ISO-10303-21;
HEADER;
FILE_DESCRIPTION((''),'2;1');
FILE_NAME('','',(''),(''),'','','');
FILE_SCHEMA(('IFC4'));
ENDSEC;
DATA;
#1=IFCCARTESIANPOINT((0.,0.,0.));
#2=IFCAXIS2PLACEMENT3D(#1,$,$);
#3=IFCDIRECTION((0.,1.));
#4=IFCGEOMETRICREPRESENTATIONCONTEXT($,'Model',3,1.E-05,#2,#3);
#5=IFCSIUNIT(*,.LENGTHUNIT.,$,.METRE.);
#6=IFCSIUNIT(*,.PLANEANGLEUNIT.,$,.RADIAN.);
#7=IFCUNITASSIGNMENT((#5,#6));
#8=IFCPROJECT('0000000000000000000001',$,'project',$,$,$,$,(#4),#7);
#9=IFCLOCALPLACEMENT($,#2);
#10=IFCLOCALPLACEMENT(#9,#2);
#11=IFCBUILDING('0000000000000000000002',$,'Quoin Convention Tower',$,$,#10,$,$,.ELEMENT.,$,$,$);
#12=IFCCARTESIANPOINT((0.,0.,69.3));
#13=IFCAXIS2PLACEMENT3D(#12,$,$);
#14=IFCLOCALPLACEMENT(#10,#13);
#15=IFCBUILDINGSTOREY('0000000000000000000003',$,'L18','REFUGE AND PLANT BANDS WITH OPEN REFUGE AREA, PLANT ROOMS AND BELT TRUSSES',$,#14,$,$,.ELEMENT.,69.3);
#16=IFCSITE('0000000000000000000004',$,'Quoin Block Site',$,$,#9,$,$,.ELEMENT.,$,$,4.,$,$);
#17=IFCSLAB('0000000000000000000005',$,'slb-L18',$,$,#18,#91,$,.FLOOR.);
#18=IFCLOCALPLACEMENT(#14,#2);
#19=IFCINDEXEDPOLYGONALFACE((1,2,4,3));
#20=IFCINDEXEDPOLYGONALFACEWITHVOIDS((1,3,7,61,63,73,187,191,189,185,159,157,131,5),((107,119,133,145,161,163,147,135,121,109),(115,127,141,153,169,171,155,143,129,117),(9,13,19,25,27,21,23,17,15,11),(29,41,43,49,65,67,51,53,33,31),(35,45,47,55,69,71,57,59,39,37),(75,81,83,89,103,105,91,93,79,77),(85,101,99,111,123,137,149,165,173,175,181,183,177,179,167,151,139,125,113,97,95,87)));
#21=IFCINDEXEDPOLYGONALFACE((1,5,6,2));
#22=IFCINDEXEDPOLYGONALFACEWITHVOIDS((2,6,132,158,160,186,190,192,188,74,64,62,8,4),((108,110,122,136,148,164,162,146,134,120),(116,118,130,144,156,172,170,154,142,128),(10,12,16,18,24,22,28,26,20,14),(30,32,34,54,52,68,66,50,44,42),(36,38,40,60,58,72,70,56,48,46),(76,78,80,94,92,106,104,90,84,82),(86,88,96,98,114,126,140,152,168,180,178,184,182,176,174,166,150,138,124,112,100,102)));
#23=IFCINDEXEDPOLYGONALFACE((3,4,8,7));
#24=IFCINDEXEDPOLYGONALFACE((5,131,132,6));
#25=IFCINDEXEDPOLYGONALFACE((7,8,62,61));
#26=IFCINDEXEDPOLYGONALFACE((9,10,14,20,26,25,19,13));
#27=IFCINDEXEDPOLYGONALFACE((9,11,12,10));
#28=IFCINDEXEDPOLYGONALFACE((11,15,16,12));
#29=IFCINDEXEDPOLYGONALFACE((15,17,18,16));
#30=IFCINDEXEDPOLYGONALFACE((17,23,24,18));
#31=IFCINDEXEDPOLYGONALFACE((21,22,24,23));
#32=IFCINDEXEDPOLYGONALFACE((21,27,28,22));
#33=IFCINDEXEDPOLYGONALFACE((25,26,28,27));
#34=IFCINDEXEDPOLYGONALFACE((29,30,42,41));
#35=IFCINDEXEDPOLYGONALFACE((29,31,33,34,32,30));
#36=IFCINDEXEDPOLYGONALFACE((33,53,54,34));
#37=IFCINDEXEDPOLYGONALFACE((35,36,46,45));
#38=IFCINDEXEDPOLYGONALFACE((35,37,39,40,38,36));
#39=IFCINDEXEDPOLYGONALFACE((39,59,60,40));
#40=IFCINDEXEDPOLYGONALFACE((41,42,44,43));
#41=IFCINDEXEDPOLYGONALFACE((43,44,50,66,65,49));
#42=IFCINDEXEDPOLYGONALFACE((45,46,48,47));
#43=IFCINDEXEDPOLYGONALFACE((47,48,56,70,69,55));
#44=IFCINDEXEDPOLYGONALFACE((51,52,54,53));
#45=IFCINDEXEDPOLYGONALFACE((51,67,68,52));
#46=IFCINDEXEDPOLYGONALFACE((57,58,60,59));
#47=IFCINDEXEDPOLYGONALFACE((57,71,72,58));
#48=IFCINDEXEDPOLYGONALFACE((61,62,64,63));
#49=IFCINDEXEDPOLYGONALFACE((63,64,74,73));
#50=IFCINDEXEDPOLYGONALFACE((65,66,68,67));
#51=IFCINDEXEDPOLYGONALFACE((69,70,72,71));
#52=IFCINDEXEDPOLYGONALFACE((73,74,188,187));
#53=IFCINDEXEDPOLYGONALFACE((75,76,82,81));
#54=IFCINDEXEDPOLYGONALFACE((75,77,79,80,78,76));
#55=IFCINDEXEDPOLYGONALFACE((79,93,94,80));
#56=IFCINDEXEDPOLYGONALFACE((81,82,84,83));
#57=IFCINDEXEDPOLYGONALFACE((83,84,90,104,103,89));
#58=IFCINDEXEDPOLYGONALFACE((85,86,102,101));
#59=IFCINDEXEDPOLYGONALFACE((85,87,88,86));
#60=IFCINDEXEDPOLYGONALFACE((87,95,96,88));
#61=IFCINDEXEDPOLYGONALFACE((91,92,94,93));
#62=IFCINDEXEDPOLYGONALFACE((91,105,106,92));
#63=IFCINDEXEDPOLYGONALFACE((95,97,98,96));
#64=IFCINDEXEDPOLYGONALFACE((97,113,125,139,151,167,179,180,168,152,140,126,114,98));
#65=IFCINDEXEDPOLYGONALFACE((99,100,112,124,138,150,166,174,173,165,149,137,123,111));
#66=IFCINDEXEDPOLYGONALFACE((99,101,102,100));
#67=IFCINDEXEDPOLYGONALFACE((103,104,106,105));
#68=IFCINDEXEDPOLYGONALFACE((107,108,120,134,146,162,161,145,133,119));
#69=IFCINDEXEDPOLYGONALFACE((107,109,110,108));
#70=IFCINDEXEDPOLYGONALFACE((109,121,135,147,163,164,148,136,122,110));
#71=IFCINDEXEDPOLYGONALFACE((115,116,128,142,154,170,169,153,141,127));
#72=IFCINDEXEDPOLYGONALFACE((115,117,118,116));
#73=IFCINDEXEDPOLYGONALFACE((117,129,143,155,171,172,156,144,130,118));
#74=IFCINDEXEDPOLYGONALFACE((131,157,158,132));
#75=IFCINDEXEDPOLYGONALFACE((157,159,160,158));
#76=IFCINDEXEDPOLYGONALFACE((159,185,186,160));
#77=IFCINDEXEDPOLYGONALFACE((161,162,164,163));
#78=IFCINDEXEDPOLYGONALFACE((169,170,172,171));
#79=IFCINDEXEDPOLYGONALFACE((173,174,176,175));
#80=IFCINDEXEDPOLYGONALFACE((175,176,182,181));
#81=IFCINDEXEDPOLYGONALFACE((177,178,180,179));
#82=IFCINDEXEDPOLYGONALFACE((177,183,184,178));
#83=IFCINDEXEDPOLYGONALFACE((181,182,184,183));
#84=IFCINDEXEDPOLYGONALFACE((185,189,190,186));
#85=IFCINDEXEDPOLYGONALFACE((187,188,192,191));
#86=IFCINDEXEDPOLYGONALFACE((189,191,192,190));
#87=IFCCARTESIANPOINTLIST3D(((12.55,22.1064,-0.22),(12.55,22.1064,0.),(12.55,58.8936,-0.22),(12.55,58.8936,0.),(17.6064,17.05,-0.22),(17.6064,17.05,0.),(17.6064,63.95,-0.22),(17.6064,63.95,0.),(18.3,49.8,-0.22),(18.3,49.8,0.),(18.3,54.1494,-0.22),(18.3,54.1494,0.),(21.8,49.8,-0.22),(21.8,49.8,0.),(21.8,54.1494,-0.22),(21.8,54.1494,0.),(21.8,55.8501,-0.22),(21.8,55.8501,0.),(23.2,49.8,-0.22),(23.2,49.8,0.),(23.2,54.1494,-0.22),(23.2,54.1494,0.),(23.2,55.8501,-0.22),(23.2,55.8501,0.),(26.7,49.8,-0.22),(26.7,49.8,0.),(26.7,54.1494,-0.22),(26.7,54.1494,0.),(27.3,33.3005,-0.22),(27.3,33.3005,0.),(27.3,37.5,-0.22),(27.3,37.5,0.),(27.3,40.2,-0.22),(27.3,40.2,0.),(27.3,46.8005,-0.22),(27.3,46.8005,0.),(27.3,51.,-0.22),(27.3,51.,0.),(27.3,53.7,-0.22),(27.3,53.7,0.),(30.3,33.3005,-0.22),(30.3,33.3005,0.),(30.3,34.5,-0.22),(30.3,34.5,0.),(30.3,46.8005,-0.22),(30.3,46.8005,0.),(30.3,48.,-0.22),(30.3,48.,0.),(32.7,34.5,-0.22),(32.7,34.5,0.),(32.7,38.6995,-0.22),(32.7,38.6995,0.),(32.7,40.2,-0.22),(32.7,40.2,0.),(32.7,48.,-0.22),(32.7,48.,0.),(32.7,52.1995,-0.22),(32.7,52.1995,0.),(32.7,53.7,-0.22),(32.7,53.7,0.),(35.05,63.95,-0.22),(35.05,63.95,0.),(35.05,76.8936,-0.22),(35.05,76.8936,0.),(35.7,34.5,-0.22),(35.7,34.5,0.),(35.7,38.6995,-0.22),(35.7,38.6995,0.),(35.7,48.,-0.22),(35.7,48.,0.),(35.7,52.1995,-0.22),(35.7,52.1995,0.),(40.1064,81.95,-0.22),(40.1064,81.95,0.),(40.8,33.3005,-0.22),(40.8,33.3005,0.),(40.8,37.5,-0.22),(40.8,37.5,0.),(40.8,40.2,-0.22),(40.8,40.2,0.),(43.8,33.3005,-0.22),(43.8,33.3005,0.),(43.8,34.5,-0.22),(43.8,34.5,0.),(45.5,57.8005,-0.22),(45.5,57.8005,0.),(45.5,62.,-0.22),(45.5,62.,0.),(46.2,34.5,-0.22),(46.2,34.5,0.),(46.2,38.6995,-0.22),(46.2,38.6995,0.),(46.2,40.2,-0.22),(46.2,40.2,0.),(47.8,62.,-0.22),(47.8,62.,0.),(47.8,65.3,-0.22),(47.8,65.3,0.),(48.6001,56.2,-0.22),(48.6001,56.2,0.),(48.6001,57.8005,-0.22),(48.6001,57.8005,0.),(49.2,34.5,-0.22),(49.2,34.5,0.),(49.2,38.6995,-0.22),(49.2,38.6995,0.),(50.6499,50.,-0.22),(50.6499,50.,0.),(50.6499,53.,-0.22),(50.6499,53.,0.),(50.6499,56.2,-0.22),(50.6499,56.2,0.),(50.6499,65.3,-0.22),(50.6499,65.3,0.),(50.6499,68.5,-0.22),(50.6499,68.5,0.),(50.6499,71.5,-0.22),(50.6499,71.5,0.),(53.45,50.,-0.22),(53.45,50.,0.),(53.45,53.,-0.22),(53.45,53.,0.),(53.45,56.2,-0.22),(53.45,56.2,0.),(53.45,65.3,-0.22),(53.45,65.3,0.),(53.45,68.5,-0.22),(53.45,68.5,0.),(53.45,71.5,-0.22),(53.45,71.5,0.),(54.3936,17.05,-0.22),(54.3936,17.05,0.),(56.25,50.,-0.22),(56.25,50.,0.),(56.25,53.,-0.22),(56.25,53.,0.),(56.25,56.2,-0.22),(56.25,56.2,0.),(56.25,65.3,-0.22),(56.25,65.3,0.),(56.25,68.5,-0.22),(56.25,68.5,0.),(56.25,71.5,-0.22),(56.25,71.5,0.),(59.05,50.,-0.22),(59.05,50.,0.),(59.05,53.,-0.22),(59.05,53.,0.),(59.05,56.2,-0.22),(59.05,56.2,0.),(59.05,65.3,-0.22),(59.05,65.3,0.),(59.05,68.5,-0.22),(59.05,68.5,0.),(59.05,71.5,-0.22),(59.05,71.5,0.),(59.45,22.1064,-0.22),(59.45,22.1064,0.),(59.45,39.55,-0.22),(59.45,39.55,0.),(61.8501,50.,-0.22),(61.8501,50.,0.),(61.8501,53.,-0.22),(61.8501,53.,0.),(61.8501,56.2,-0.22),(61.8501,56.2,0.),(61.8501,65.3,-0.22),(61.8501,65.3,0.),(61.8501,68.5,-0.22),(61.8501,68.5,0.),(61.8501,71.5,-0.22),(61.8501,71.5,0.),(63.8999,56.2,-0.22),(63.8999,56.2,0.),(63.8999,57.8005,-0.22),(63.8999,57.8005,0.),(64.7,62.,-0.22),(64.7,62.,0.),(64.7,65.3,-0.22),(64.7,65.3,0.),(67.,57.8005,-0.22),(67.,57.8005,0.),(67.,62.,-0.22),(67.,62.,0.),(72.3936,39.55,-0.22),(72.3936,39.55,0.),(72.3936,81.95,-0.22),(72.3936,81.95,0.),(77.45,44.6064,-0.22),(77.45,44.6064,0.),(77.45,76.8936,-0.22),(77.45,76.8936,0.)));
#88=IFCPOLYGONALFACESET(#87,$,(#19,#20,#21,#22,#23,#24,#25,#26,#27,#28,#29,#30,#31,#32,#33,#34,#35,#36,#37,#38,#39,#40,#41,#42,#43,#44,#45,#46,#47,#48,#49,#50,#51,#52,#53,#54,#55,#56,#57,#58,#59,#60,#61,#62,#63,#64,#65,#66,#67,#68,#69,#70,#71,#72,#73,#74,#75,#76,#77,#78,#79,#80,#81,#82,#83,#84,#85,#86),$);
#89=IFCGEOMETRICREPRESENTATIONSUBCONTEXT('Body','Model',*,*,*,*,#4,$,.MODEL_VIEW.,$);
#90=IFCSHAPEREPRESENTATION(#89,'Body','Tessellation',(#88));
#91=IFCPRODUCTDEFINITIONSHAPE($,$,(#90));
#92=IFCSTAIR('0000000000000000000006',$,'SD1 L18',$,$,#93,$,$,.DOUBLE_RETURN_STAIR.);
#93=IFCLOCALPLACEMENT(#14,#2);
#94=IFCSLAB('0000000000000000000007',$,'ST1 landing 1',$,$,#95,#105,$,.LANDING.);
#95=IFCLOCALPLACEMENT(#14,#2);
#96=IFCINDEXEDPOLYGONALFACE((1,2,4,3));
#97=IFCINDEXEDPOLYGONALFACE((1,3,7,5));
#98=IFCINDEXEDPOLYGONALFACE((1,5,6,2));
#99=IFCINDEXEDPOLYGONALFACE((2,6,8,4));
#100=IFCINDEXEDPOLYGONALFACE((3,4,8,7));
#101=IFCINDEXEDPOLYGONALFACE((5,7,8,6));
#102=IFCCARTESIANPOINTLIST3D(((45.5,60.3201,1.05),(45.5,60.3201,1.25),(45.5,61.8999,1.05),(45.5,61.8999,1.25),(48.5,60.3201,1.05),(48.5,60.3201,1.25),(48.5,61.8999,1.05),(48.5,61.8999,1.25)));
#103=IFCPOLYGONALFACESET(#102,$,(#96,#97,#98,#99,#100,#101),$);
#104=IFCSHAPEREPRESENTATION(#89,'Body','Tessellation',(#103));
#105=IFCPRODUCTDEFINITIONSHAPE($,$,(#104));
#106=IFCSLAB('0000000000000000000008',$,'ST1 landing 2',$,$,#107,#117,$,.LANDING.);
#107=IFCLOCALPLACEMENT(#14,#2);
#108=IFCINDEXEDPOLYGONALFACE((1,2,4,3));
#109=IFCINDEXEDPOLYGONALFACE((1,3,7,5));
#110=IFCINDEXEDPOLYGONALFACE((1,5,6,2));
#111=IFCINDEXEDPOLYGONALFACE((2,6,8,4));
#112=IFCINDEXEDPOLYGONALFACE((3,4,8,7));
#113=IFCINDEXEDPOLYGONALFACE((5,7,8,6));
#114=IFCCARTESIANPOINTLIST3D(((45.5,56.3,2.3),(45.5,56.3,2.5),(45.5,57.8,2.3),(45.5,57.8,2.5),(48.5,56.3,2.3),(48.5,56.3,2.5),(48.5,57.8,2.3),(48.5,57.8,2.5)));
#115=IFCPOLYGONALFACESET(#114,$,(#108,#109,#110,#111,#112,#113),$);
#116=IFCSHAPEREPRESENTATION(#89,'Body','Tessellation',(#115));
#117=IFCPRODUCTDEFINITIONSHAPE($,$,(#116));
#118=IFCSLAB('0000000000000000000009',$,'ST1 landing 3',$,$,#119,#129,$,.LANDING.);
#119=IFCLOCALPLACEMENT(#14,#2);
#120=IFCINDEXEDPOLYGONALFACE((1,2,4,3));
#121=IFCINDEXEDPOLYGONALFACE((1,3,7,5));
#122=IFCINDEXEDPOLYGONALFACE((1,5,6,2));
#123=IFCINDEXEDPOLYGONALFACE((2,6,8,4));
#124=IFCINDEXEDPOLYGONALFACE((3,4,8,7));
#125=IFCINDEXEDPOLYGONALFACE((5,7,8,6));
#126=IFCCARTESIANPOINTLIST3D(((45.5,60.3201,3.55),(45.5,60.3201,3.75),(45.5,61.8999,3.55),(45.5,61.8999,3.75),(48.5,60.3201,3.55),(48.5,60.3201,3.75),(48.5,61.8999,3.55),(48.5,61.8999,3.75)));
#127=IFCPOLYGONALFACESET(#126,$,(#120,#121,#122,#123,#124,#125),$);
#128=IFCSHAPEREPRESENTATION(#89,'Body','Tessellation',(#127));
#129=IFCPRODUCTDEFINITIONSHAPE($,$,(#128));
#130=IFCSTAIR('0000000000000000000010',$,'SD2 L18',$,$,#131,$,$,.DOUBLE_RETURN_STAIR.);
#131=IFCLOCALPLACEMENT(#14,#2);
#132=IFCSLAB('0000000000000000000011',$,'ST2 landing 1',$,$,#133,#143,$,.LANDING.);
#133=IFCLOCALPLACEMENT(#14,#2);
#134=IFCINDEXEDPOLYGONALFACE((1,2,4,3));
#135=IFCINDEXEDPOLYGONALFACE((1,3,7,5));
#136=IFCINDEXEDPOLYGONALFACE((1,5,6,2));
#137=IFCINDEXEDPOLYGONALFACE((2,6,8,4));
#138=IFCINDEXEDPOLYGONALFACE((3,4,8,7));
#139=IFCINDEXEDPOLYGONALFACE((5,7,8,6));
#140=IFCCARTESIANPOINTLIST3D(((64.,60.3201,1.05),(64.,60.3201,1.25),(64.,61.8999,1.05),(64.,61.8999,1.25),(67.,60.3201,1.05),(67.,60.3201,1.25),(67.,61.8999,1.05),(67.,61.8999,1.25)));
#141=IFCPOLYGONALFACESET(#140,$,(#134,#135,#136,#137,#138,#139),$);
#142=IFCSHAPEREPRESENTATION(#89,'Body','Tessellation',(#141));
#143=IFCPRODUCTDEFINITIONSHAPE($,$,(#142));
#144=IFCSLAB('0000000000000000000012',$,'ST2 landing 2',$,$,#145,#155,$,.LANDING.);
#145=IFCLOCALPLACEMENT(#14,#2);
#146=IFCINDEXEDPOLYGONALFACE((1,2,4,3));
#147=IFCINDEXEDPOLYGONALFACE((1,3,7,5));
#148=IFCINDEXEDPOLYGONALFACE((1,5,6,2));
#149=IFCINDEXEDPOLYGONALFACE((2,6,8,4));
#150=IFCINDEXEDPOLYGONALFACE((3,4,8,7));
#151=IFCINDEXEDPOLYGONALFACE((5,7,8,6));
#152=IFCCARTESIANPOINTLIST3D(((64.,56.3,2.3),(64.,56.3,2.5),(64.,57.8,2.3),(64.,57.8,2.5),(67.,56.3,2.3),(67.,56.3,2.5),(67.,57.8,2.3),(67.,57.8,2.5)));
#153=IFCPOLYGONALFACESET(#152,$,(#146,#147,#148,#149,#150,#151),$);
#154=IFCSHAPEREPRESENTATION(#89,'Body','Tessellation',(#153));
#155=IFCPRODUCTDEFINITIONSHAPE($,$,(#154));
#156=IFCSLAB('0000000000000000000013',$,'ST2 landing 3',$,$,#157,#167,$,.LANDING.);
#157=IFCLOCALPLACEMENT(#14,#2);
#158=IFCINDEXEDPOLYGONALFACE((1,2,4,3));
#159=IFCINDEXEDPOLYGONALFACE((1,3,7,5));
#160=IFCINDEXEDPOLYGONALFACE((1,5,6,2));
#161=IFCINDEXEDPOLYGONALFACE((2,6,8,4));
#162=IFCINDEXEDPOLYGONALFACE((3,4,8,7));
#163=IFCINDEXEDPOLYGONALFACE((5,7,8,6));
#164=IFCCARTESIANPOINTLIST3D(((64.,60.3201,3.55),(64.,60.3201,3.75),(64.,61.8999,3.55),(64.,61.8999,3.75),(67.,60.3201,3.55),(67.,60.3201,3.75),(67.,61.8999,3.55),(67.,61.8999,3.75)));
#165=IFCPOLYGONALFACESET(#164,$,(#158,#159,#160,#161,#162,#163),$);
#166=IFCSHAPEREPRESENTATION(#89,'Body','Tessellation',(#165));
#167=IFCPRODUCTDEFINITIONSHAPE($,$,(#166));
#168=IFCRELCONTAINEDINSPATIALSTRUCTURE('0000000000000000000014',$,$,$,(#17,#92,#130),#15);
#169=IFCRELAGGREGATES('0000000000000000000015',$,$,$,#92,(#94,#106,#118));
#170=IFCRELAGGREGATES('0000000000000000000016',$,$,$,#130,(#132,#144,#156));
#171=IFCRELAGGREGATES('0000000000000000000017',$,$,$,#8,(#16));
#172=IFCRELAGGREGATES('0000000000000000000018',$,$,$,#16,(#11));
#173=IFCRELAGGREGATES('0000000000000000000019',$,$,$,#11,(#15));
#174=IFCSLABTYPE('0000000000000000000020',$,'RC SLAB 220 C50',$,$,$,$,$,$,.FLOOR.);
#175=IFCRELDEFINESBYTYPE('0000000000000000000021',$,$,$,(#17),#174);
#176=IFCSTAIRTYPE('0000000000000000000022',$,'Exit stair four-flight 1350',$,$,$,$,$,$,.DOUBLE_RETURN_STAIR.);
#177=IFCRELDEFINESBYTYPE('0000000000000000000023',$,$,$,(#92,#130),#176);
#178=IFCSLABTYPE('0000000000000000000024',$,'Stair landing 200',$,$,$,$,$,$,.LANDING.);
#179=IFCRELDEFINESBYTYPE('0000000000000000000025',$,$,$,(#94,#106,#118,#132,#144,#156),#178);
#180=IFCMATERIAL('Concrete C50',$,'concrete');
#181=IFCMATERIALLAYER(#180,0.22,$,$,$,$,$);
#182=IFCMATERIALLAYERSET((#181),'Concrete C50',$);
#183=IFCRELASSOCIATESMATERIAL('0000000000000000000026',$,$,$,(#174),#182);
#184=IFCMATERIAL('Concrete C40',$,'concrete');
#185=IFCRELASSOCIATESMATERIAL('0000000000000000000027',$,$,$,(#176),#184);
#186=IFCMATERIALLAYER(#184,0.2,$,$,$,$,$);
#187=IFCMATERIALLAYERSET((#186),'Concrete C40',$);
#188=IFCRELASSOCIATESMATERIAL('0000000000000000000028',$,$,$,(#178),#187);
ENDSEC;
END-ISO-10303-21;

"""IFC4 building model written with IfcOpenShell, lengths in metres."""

from ifc_helpers import new_model, si_unit, direction, frame, origin, place, context, subcontext, project, spatial, polyline, outline, extrude, material, layer, layer_set, type_object, element, aggregate, save


model = new_model("IFC4")

# Units and contexts
model_context = context("Model", 3, precision=1e-05, world=origin(), true_north=direction((0.0, 1.0)))
body_context = subcontext(model_context, "Body", "Model", "MODEL_VIEW")
ifc_project = project(units=[si_unit("LENGTHUNIT", "METRE"), si_unit("PLANEANGLEUNIT", "RADIAN")], contexts=[model_context])

# Site, building, storey
site_placement = place(None, origin())
site = spatial("IfcSite", under=ifc_project, at=site_placement, Name="Quoin Block Site", CompositionType="ELEMENT", RefElevation=4.0)
building_placement = place(site_placement, origin())
building = spatial("IfcBuilding", under=site, at=building_placement, Name="Quoin Convention Tower", CompositionType="ELEMENT")
storey_placement = place(building_placement, frame((0.0, 0.0, 69.3)))
storey = spatial("IfcBuildingStorey", under=building, at=storey_placement, Name="L18", Description="REFUGE AND PLANT BANDS WITH OPEN REFUGE AREA, PLANT ROOMS AND BELT TRUSSES", CompositionType="ELEMENT", Elevation=69.3)

# Slab
ifc_material_1 = material(Name="Concrete C50", Category="concrete")
ifc_layer_1 = layer(ifc_material_1, 0.22)
ifc_layer_set_1 = layer_set([ifc_layer_1], Name="Concrete C50")
slab_type_1 = type_object("IfcSlabType", Name="RC SLAB 220 C50", PredefinedType="FLOOR", material=ifc_layer_set_1)
slab_1_placement = place(storey_placement, frame((0.0, 0.0, -0.22)))
element("IfcSlab", 1, at=slab_1_placement, inside=storey, type_object=slab_type_1, Name="slb-L18", PredefinedType="FLOOR", context=body_context, shape_type="SweptSolid", body=[
    extrude(outline(polyline([(12.55, 58.8936), (17.6064, 63.95), (35.05, 63.95), (35.05, 76.8936), (40.1064, 81.95), (72.3936, 81.95), (77.45, 76.8936), (77.45, 44.6064), (72.3936, 39.55), (59.45, 39.55), (59.45, 22.1064), (54.3936, 17.05), (17.6064, 17.05), (12.55, 22.1064), (12.55, 58.8936)]), holes=[polyline([(30.3, 33.3005), (30.3, 34.5), (32.7, 34.5), (35.7, 34.5), (35.7, 38.6995), (32.7, 38.6995), (32.7, 40.2), (27.3, 40.2), (27.3, 37.5), (27.3, 33.3005), (30.3, 33.3005)]), polyline([(43.8, 33.3005), (43.8, 34.5), (46.2, 34.5), (49.2, 34.5), (49.2, 38.6995), (46.2, 38.6995), (46.2, 40.2), (40.8, 40.2), (40.8, 37.5), (40.8, 33.3005), (43.8, 33.3005)]), polyline([(27.3, 46.8005), (30.3, 46.8005), (30.3, 48.0), (32.7, 48.0), (35.7, 48.0), (35.7, 52.1995), (32.7, 52.1995), (32.7, 53.7), (27.3, 53.7), (27.3, 51.0), (27.3, 46.8005)]), polyline([(53.45, 50.0), (56.25, 50.0), (59.05, 50.0), (61.8501, 50.0), (61.8501, 53.0), (59.05, 53.0), (56.25, 53.0), (53.45, 53.0), (50.6499, 53.0), (50.6499, 50.0), (53.45, 50.0)]), polyline([(23.2, 49.8), (26.7, 49.8), (26.7, 54.1494), (23.2, 54.1494), (23.2, 55.8501), (21.8, 55.8501), (21.8, 54.1494), (18.3, 54.1494), (18.3, 49.8), (21.8, 49.8), (23.2, 49.8)]), polyline([(45.5, 57.8005), (48.6001, 57.8005), (48.6001, 56.2), (50.6499, 56.2), (53.45, 56.2), (56.25, 56.2), (59.05, 56.2), (61.8501, 56.2), (63.8999, 56.2), (63.8999, 57.8005), (67.0, 57.8005), (67.0, 62.0), (64.7, 62.0), (64.7, 65.3), (61.8501, 65.3), (59.05, 65.3), (56.25, 65.3), (53.45, 65.3), (50.6499, 65.3), (47.8, 65.3), (47.8, 62.0), (45.5, 62.0), (45.5, 57.8005)]), polyline([(59.05, 68.5), (61.8501, 68.5), (61.8501, 71.5), (59.05, 71.5), (56.25, 71.5), (53.45, 71.5), (50.6499, 71.5), (50.6499, 68.5), (53.45, 68.5), (56.25, 68.5), (59.05, 68.5)])]), origin(), (0.0, 0.0, 1.0), 0.22),
])

# Stairs, slabs
ifc_material_2 = material(Name="Concrete C40", Category="concrete")
stair_type_1 = type_object("IfcStairType", Name="Exit stair four-flight 1350", PredefinedType="DOUBLE_RETURN_STAIR", material=ifc_material_2)
stair_1_placement = place(storey_placement, origin())
stair_1 = element("IfcStair", 2, at=stair_1_placement, inside=storey, type_object=stair_type_1, Name="SD1 L18", PredefinedType="DOUBLE_RETURN_STAIR")
ifc_layer_2 = layer(ifc_material_2, 0.2)
ifc_layer_set_2 = layer_set([ifc_layer_2], Name="Concrete C40")
slab_type_2 = type_object("IfcSlabType", Name="Stair landing 200", PredefinedType="LANDING", material=ifc_layer_set_2)
slab_2_placement = place(storey_placement, frame((0.0, 0.0, 1.05)))
slab_2 = element("IfcSlab", 3, at=slab_2_placement, type_object=slab_type_2, Name="ST1 landing 1", PredefinedType="LANDING", context=body_context, shape_type="SweptSolid", body=[
    extrude(outline(polyline([(45.5, 60.3201), (48.5, 60.3201), (48.5, 61.8999), (45.5, 61.8999), (45.5, 60.3201)])), origin(), (0.0, 0.0, 1.0), 0.2),
])
slab_3_placement = place(storey_placement, frame((0.0, 0.0, 2.3)))
slab_3 = element("IfcSlab", 4, at=slab_3_placement, type_object=slab_type_2, Name="ST1 landing 2", PredefinedType="LANDING", context=body_context, shape_type="SweptSolid", body=[
    extrude(outline(polyline([(45.5, 56.3), (48.5, 56.3), (48.5, 57.8), (45.5, 57.8), (45.5, 56.3)])), origin(), (0.0, 0.0, 1.0), 0.2),
])
slab_4_placement = place(storey_placement, frame((0.0, 0.0, 3.55)))
slab_4 = element("IfcSlab", 5, at=slab_4_placement, type_object=slab_type_2, Name="ST1 landing 3", PredefinedType="LANDING", context=body_context, shape_type="SweptSolid", body=[
    extrude(outline(polyline([(45.5, 60.3201), (48.5, 60.3201), (48.5, 61.8999), (45.5, 61.8999), (45.5, 60.3201)])), origin(), (0.0, 0.0, 1.0), 0.2),
])
aggregate(stair_1, [slab_2, slab_3, slab_4])
stair_2_placement = place(storey_placement, origin())
stair_2 = element("IfcStair", 6, at=stair_2_placement, inside=storey, type_object=stair_type_1, Name="SD2 L18", PredefinedType="DOUBLE_RETURN_STAIR")
slab_5_placement = place(storey_placement, frame((0.0, 0.0, 1.05)))
slab_5 = element("IfcSlab", 7, at=slab_5_placement, type_object=slab_type_2, Name="ST2 landing 1", PredefinedType="LANDING", context=body_context, shape_type="SweptSolid", body=[
    extrude(outline(polyline([(64.0, 60.3201), (67.0, 60.3201), (67.0, 61.8999), (64.0, 61.8999), (64.0, 60.3201)])), origin(), (0.0, 0.0, 1.0), 0.2),
])
slab_6_placement = place(storey_placement, frame((0.0, 0.0, 2.3)))
slab_6 = element("IfcSlab", 8, at=slab_6_placement, type_object=slab_type_2, Name="ST2 landing 2", PredefinedType="LANDING", context=body_context, shape_type="SweptSolid", body=[
    extrude(outline(polyline([(64.0, 56.3), (67.0, 56.3), (67.0, 57.8), (64.0, 57.8), (64.0, 56.3)])), origin(), (0.0, 0.0, 1.0), 0.2),
])
slab_7_placement = place(storey_placement, frame((0.0, 0.0, 3.55)))
slab_7 = element("IfcSlab", 9, at=slab_7_placement, type_object=slab_type_2, Name="ST2 landing 3", PredefinedType="LANDING", context=body_context, shape_type="SweptSolid", body=[
    extrude(outline(polyline([(64.0, 60.3201), (67.0, 60.3201), (67.0, 61.8999), (64.0, 61.8999), (64.0, 60.3201)])), origin(), (0.0, 0.0, 1.0), 0.2),
])
aggregate(stair_2, [slab_5, slab_6, slab_7])

save(model, "model.ifc")
